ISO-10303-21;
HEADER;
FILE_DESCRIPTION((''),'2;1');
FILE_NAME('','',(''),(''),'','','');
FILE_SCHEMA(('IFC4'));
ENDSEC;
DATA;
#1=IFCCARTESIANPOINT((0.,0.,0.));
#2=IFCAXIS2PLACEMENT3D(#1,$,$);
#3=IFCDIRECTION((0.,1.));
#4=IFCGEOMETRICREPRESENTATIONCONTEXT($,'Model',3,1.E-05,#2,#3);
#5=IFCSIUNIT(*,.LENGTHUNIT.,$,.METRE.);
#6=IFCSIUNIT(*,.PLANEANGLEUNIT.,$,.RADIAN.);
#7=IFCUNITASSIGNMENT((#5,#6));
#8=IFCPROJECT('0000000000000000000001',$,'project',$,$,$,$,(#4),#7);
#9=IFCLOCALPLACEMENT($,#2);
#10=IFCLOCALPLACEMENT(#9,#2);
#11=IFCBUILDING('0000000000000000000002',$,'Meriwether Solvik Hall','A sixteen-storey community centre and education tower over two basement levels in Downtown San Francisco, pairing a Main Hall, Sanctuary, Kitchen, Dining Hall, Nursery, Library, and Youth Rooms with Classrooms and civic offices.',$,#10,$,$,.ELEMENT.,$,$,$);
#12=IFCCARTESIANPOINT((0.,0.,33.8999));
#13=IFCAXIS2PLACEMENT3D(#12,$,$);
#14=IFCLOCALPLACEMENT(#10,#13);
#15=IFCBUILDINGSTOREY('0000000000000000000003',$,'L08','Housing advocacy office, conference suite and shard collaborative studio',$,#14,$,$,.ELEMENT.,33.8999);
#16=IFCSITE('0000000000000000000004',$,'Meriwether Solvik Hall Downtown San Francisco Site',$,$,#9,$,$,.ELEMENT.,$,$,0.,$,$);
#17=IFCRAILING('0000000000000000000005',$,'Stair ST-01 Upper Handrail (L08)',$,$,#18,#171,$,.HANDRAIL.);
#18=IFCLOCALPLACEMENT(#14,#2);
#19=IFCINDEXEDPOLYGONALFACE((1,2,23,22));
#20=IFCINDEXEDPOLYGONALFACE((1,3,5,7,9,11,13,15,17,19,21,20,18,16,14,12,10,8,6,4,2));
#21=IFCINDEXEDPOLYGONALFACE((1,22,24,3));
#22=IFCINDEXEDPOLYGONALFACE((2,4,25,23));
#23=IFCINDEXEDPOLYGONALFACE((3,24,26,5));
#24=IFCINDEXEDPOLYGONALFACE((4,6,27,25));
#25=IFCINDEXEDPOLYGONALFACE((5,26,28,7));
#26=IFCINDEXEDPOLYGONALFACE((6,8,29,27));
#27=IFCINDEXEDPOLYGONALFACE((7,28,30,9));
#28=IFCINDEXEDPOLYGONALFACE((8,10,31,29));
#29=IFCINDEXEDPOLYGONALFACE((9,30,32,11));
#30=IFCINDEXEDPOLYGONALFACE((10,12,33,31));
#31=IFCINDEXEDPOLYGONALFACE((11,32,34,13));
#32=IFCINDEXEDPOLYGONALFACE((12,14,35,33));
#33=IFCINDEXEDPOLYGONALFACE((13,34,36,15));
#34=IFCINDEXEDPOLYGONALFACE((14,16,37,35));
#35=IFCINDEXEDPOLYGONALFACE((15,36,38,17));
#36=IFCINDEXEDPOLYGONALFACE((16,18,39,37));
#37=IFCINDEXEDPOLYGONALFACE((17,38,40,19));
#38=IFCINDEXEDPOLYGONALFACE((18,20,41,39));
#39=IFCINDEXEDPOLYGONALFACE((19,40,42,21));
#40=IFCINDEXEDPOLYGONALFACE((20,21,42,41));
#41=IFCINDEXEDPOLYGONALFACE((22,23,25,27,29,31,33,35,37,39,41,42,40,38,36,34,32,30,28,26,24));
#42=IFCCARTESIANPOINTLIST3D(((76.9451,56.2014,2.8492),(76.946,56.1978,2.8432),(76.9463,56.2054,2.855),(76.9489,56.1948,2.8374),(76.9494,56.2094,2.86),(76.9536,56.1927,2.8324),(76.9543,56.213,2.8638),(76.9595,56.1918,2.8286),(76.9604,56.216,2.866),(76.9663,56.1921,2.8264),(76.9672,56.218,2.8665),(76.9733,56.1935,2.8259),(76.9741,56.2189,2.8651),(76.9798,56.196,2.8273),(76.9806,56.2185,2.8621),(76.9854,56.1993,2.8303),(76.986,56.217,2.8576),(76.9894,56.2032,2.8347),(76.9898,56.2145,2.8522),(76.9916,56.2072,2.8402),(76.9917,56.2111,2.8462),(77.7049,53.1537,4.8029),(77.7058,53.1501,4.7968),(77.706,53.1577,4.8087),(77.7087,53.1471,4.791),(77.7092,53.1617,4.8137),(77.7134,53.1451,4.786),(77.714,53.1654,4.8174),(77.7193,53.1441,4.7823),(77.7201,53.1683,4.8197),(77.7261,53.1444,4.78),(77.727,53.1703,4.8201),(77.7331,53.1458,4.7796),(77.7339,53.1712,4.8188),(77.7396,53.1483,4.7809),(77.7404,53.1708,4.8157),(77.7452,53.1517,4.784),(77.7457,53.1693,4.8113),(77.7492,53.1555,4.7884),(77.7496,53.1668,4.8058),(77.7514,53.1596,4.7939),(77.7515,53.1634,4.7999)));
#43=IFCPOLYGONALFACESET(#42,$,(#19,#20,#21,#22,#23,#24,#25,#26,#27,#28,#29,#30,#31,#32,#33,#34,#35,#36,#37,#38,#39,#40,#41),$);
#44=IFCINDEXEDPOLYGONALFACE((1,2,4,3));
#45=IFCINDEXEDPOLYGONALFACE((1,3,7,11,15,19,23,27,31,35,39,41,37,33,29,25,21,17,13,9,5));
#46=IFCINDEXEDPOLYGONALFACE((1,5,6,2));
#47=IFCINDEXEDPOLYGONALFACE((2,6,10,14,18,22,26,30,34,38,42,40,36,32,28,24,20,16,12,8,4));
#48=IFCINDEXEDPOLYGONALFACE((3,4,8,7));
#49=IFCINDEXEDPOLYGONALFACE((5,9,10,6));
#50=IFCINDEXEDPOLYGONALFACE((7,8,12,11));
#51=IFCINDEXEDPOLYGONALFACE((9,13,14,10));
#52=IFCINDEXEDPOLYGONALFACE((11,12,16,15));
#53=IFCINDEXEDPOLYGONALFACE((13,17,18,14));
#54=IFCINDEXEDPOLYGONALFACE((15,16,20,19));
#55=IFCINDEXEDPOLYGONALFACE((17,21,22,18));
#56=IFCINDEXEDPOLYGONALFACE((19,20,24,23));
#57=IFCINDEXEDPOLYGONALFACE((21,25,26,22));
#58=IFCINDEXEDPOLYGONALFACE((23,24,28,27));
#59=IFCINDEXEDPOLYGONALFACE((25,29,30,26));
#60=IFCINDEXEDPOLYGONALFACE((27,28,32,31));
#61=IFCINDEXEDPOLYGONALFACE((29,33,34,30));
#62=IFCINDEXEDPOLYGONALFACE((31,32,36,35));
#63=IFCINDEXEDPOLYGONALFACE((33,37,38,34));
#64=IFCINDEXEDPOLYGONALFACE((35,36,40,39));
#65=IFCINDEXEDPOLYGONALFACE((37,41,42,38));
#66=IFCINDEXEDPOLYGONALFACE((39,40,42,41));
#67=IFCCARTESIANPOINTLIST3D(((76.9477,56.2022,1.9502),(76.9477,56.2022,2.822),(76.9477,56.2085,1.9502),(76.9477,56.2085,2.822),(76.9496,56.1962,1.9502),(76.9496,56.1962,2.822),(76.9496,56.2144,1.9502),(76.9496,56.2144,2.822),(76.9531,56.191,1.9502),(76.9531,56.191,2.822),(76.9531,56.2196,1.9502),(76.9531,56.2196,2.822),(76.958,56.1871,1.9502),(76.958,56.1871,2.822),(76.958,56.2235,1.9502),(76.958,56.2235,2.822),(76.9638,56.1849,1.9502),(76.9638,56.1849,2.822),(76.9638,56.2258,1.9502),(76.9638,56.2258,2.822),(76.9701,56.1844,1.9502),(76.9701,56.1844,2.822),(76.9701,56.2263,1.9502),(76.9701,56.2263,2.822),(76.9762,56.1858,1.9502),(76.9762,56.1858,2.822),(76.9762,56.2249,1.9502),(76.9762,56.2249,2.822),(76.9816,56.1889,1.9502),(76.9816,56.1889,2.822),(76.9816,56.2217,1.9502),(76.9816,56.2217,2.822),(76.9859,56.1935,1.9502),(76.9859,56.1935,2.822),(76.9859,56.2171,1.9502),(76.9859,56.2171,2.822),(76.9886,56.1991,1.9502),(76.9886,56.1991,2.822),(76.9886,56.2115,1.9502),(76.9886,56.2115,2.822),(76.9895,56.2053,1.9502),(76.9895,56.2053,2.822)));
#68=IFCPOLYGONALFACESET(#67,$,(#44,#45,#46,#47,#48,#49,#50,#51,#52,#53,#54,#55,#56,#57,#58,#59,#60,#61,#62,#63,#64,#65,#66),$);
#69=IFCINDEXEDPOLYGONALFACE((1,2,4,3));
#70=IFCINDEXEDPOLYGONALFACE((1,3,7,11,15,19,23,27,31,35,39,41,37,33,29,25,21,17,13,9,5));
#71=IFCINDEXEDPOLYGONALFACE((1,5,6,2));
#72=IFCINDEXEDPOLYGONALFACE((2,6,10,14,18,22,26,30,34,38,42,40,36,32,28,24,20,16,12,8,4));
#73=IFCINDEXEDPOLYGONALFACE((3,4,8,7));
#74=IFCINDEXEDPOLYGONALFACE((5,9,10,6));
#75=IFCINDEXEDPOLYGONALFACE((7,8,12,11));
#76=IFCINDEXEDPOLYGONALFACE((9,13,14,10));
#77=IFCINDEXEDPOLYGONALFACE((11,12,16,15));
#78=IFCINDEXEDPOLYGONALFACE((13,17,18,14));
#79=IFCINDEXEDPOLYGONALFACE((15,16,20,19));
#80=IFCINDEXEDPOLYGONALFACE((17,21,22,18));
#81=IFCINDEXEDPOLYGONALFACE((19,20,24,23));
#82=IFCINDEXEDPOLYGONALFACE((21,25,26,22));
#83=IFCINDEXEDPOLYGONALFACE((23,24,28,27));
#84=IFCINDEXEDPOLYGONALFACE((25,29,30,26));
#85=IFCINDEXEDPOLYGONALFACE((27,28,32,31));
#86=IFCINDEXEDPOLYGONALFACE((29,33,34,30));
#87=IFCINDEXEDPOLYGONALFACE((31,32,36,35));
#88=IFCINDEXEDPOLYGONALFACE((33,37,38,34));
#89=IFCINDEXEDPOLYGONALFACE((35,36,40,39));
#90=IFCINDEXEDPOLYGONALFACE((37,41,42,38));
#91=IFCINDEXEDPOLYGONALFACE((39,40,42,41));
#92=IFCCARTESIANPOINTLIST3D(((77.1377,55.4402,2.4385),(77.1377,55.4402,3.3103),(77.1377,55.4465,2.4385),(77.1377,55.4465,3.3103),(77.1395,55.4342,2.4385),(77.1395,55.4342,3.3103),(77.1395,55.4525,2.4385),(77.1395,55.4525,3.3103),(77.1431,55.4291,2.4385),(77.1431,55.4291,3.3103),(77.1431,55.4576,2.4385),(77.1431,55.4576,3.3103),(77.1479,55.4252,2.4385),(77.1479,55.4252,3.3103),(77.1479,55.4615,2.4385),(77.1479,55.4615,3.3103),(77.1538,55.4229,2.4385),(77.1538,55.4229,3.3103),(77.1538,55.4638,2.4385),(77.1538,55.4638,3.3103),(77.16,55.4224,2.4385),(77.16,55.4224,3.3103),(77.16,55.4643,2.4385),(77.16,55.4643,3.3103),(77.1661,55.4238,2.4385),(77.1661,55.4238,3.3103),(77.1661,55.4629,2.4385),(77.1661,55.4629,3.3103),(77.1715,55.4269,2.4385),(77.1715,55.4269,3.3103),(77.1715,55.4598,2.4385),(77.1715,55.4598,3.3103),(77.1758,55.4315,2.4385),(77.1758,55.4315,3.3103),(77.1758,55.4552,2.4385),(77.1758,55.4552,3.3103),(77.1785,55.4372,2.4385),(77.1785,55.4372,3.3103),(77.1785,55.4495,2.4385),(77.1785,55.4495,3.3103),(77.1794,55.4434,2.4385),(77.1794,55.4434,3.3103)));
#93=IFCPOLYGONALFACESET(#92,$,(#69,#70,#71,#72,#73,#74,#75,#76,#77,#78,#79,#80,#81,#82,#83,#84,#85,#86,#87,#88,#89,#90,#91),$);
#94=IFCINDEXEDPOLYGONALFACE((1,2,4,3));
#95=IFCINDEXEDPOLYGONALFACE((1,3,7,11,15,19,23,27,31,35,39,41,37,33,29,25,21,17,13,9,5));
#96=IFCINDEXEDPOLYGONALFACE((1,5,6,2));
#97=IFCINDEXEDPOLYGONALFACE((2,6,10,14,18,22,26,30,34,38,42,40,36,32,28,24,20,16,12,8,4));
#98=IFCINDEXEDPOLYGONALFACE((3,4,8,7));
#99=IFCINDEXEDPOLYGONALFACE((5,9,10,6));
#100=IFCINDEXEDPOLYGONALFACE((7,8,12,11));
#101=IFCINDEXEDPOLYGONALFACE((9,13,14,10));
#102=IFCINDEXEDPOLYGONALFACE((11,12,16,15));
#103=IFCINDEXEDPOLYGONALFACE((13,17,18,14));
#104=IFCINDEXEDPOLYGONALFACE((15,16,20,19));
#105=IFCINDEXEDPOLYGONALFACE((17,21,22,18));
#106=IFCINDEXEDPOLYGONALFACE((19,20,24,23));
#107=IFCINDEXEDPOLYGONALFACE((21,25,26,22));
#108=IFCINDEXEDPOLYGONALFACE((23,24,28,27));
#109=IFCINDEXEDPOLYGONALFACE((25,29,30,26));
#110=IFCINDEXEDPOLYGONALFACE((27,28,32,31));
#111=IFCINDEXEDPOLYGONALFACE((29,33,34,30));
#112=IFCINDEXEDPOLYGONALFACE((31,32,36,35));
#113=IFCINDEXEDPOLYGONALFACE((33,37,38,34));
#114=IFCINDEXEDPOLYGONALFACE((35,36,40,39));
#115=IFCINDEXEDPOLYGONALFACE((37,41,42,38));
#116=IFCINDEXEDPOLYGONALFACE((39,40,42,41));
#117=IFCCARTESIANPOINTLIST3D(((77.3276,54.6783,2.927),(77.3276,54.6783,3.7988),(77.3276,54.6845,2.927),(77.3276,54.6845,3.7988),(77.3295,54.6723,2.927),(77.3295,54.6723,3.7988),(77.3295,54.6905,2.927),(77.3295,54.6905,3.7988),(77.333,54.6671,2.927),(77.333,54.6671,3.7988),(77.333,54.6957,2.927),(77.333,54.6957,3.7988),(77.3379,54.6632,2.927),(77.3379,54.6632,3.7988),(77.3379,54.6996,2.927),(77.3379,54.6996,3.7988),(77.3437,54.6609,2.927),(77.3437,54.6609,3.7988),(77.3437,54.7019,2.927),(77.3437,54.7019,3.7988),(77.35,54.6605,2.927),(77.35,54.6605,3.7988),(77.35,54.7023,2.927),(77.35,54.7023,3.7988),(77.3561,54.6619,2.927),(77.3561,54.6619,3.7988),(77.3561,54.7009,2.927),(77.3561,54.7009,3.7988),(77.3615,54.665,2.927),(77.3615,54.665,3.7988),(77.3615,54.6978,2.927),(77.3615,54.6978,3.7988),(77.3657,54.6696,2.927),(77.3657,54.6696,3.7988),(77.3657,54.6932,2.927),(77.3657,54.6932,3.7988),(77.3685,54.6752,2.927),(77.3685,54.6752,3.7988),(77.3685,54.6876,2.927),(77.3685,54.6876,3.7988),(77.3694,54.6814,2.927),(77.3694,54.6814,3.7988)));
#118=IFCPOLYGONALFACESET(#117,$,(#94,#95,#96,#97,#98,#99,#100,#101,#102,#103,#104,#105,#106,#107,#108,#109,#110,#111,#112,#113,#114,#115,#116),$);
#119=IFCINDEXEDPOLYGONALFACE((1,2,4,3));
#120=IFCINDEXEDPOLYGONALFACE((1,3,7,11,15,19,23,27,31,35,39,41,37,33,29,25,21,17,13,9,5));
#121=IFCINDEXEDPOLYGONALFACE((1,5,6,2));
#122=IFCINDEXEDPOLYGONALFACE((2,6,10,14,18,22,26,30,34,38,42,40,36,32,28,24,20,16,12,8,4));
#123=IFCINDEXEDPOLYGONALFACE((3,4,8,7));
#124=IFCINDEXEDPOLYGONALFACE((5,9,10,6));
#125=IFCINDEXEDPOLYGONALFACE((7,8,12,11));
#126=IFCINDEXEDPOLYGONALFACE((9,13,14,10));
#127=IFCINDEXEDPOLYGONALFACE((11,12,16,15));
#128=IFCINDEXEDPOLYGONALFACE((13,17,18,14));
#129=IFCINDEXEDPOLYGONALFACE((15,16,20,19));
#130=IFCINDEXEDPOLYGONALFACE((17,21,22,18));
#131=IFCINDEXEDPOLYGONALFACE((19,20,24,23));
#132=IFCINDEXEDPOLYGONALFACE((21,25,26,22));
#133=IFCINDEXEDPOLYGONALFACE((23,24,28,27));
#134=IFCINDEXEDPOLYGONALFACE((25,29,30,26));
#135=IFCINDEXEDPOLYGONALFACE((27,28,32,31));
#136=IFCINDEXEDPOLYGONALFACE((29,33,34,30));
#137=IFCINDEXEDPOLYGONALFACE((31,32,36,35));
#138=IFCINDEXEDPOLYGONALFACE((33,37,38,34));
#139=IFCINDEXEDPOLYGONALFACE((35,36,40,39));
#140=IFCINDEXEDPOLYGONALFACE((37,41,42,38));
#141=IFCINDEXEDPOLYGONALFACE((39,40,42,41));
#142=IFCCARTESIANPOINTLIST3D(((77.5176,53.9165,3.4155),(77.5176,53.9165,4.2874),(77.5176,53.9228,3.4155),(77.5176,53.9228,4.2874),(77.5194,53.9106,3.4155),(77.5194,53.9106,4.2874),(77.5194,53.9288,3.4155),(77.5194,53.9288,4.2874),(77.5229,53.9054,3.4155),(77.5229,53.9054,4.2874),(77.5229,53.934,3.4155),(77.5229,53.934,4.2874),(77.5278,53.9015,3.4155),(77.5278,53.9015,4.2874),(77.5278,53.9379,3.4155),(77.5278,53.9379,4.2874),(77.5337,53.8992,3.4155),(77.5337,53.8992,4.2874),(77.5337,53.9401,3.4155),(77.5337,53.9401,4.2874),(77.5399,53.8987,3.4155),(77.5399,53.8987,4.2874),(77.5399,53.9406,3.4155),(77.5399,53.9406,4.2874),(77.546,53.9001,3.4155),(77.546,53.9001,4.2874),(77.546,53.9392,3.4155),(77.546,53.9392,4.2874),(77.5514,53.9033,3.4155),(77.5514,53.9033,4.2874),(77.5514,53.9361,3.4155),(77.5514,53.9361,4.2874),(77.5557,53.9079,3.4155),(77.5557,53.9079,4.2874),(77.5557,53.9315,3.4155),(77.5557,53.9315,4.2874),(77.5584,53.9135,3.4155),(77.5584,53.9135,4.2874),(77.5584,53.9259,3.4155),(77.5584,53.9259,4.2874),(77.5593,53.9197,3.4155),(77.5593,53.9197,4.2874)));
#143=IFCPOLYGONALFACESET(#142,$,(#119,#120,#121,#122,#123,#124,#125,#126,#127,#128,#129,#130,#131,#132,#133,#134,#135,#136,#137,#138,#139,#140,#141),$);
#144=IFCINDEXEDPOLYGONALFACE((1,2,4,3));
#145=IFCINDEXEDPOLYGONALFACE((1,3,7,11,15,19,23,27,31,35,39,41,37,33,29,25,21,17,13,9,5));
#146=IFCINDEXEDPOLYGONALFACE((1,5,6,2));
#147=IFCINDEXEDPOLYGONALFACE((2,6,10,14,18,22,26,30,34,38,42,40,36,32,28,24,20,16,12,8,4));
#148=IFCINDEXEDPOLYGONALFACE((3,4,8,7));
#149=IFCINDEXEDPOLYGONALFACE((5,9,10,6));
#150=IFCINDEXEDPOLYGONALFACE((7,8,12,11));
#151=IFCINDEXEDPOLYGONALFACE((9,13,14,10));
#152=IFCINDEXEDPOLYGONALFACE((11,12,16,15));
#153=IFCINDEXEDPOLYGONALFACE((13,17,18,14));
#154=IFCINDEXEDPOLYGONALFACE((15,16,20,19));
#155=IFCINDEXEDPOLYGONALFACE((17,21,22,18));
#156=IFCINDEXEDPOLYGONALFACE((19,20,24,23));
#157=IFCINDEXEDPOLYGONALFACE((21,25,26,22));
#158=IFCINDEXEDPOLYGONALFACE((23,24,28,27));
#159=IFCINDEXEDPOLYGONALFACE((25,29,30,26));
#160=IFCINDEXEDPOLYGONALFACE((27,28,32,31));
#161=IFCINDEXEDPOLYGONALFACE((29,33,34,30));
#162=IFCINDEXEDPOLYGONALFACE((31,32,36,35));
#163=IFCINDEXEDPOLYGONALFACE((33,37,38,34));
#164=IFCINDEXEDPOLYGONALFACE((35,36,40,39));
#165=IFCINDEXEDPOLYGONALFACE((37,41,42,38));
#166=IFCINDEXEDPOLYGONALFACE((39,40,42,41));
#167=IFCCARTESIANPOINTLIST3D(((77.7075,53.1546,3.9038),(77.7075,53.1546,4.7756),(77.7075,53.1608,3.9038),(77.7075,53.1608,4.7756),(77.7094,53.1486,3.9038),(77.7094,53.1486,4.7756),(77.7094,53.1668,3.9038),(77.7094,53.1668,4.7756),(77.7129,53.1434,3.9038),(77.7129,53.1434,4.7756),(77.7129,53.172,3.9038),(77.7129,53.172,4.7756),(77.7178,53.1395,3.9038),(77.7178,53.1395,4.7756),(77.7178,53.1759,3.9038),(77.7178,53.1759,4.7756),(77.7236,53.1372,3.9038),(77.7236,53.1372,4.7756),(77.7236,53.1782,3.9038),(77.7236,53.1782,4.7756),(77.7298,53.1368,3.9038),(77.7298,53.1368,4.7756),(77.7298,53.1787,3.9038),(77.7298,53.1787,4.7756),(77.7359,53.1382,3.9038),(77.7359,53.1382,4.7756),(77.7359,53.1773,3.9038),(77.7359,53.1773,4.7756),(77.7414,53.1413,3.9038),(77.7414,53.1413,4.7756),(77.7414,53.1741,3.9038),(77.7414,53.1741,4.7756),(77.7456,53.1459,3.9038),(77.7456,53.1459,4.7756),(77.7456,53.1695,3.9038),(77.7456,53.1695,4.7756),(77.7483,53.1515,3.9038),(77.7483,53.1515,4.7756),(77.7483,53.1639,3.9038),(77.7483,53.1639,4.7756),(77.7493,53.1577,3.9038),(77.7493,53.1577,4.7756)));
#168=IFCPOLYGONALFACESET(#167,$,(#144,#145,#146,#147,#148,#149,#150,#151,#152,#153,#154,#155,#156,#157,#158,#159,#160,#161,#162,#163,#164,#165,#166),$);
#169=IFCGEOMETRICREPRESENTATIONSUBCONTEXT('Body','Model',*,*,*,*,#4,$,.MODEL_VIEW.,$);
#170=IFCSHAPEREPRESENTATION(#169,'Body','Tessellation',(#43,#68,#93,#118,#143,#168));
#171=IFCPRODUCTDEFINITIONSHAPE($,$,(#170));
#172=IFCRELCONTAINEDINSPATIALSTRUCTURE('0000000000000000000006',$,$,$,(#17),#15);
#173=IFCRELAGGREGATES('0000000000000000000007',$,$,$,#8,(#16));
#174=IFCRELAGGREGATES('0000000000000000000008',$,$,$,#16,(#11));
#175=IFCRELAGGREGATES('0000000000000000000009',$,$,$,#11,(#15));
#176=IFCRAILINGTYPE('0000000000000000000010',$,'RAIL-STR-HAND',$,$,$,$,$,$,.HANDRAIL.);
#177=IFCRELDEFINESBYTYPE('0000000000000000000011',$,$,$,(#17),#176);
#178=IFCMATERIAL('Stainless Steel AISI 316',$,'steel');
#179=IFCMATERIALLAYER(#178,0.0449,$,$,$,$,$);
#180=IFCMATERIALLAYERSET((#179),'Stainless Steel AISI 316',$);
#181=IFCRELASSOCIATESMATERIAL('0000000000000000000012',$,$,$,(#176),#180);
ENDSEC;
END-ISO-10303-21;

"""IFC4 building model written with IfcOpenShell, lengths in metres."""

from ifc_helpers import new_model, si_unit, direction, frame, origin, origin_2d, place, context, subcontext, project, spatial, circle, extrude, material, layer, layer_set, type_object, element, save


model = new_model("IFC4")

# Units and contexts
model_context = context("Model", 3, precision=1e-05, world=origin(), true_north=direction((0.0, 1.0)))
body_context = subcontext(model_context, "Body", "Model", "MODEL_VIEW")
ifc_project = project(units=[si_unit("LENGTHUNIT", "METRE"), si_unit("PLANEANGLEUNIT", "RADIAN")], contexts=[model_context])

# Site, building, storey
site_placement = place(None, origin())
site = spatial("IfcSite", under=ifc_project, at=site_placement, Name="Meriwether Solvik Hall Downtown San Francisco Site", CompositionType="ELEMENT", RefElevation=0.0)
building_placement = place(site_placement, origin())
building = spatial("IfcBuilding", under=site, at=building_placement, Name="Meriwether Solvik Hall", Description="A sixteen-storey community centre and education tower over two basement levels in Downtown San Francisco, pairing a Main Hall, Sanctuary, Kitchen, Dining Hall, Nursery, Library, and Youth Rooms with Classrooms and civic offices.", CompositionType="ELEMENT")
storey_placement = place(building_placement, frame((0.0, 0.0, 33.8999)))
storey = spatial("IfcBuildingStorey", under=building, at=storey_placement, Name="L08", Description="Housing advocacy office, conference suite and shard collaborative studio", CompositionType="ELEMENT", Elevation=33.8999)

# Railing
ifc_material_1 = material(Name="Stainless Steel AISI 316", Category="steel")
ifc_layer_1 = layer(ifc_material_1, 0.0449)
ifc_layer_set_1 = layer_set([ifc_layer_1], Name="Stainless Steel AISI 316")
railing_type_1 = type_object("IfcRailingType", Name="RAIL-STR-HAND", PredefinedType="HANDRAIL", material=ifc_layer_set_1)
railing_1_placement = place(storey_placement, frame((76.9685, 56.2053, 1.9502)))
element("IfcRailing", 1, at=railing_1_placement, inside=storey, type_object=railing_type_1, Name="Stair ST-01 Upper Handrail (L08)", PredefinedType="HANDRAIL", context=body_context, shape_type="SweptSolid", body=[
    extrude(circle(Radius=0.0239, at=origin_2d()), frame((0.0, 0.0, 0.896), z_axis=(0.205404, -0.823926, 0.528163), x_axis=(0.970302, 0.241895, 0.0)), (0.0, 0.0, 1.0), 3.699),
    extrude(circle(Radius=0.021, at=origin_2d()), origin(), (0.0, 0.0, 1.0), 0.8718),
    extrude(circle(Radius=0.021, at=origin_2d()), frame((0.1899, -0.762, 0.4883)), (0.0, 0.0, 1.0), 0.8718),
    extrude(circle(Radius=0.021, at=origin_2d()), frame((0.3799, -1.5239, 0.9768)), (0.0, 0.0, 1.0), 0.8718),
    extrude(circle(Radius=0.021, at=origin_2d()), frame((0.5698, -2.2856, 1.4653)), (0.0, 0.0, 1.0), 0.8718),
    extrude(circle(Radius=0.021, at=origin_2d()), frame((0.7598, -3.0476, 1.9536)), (0.0, 0.0, 1.0), 0.8718),
])

save(model, "model.ifc")
